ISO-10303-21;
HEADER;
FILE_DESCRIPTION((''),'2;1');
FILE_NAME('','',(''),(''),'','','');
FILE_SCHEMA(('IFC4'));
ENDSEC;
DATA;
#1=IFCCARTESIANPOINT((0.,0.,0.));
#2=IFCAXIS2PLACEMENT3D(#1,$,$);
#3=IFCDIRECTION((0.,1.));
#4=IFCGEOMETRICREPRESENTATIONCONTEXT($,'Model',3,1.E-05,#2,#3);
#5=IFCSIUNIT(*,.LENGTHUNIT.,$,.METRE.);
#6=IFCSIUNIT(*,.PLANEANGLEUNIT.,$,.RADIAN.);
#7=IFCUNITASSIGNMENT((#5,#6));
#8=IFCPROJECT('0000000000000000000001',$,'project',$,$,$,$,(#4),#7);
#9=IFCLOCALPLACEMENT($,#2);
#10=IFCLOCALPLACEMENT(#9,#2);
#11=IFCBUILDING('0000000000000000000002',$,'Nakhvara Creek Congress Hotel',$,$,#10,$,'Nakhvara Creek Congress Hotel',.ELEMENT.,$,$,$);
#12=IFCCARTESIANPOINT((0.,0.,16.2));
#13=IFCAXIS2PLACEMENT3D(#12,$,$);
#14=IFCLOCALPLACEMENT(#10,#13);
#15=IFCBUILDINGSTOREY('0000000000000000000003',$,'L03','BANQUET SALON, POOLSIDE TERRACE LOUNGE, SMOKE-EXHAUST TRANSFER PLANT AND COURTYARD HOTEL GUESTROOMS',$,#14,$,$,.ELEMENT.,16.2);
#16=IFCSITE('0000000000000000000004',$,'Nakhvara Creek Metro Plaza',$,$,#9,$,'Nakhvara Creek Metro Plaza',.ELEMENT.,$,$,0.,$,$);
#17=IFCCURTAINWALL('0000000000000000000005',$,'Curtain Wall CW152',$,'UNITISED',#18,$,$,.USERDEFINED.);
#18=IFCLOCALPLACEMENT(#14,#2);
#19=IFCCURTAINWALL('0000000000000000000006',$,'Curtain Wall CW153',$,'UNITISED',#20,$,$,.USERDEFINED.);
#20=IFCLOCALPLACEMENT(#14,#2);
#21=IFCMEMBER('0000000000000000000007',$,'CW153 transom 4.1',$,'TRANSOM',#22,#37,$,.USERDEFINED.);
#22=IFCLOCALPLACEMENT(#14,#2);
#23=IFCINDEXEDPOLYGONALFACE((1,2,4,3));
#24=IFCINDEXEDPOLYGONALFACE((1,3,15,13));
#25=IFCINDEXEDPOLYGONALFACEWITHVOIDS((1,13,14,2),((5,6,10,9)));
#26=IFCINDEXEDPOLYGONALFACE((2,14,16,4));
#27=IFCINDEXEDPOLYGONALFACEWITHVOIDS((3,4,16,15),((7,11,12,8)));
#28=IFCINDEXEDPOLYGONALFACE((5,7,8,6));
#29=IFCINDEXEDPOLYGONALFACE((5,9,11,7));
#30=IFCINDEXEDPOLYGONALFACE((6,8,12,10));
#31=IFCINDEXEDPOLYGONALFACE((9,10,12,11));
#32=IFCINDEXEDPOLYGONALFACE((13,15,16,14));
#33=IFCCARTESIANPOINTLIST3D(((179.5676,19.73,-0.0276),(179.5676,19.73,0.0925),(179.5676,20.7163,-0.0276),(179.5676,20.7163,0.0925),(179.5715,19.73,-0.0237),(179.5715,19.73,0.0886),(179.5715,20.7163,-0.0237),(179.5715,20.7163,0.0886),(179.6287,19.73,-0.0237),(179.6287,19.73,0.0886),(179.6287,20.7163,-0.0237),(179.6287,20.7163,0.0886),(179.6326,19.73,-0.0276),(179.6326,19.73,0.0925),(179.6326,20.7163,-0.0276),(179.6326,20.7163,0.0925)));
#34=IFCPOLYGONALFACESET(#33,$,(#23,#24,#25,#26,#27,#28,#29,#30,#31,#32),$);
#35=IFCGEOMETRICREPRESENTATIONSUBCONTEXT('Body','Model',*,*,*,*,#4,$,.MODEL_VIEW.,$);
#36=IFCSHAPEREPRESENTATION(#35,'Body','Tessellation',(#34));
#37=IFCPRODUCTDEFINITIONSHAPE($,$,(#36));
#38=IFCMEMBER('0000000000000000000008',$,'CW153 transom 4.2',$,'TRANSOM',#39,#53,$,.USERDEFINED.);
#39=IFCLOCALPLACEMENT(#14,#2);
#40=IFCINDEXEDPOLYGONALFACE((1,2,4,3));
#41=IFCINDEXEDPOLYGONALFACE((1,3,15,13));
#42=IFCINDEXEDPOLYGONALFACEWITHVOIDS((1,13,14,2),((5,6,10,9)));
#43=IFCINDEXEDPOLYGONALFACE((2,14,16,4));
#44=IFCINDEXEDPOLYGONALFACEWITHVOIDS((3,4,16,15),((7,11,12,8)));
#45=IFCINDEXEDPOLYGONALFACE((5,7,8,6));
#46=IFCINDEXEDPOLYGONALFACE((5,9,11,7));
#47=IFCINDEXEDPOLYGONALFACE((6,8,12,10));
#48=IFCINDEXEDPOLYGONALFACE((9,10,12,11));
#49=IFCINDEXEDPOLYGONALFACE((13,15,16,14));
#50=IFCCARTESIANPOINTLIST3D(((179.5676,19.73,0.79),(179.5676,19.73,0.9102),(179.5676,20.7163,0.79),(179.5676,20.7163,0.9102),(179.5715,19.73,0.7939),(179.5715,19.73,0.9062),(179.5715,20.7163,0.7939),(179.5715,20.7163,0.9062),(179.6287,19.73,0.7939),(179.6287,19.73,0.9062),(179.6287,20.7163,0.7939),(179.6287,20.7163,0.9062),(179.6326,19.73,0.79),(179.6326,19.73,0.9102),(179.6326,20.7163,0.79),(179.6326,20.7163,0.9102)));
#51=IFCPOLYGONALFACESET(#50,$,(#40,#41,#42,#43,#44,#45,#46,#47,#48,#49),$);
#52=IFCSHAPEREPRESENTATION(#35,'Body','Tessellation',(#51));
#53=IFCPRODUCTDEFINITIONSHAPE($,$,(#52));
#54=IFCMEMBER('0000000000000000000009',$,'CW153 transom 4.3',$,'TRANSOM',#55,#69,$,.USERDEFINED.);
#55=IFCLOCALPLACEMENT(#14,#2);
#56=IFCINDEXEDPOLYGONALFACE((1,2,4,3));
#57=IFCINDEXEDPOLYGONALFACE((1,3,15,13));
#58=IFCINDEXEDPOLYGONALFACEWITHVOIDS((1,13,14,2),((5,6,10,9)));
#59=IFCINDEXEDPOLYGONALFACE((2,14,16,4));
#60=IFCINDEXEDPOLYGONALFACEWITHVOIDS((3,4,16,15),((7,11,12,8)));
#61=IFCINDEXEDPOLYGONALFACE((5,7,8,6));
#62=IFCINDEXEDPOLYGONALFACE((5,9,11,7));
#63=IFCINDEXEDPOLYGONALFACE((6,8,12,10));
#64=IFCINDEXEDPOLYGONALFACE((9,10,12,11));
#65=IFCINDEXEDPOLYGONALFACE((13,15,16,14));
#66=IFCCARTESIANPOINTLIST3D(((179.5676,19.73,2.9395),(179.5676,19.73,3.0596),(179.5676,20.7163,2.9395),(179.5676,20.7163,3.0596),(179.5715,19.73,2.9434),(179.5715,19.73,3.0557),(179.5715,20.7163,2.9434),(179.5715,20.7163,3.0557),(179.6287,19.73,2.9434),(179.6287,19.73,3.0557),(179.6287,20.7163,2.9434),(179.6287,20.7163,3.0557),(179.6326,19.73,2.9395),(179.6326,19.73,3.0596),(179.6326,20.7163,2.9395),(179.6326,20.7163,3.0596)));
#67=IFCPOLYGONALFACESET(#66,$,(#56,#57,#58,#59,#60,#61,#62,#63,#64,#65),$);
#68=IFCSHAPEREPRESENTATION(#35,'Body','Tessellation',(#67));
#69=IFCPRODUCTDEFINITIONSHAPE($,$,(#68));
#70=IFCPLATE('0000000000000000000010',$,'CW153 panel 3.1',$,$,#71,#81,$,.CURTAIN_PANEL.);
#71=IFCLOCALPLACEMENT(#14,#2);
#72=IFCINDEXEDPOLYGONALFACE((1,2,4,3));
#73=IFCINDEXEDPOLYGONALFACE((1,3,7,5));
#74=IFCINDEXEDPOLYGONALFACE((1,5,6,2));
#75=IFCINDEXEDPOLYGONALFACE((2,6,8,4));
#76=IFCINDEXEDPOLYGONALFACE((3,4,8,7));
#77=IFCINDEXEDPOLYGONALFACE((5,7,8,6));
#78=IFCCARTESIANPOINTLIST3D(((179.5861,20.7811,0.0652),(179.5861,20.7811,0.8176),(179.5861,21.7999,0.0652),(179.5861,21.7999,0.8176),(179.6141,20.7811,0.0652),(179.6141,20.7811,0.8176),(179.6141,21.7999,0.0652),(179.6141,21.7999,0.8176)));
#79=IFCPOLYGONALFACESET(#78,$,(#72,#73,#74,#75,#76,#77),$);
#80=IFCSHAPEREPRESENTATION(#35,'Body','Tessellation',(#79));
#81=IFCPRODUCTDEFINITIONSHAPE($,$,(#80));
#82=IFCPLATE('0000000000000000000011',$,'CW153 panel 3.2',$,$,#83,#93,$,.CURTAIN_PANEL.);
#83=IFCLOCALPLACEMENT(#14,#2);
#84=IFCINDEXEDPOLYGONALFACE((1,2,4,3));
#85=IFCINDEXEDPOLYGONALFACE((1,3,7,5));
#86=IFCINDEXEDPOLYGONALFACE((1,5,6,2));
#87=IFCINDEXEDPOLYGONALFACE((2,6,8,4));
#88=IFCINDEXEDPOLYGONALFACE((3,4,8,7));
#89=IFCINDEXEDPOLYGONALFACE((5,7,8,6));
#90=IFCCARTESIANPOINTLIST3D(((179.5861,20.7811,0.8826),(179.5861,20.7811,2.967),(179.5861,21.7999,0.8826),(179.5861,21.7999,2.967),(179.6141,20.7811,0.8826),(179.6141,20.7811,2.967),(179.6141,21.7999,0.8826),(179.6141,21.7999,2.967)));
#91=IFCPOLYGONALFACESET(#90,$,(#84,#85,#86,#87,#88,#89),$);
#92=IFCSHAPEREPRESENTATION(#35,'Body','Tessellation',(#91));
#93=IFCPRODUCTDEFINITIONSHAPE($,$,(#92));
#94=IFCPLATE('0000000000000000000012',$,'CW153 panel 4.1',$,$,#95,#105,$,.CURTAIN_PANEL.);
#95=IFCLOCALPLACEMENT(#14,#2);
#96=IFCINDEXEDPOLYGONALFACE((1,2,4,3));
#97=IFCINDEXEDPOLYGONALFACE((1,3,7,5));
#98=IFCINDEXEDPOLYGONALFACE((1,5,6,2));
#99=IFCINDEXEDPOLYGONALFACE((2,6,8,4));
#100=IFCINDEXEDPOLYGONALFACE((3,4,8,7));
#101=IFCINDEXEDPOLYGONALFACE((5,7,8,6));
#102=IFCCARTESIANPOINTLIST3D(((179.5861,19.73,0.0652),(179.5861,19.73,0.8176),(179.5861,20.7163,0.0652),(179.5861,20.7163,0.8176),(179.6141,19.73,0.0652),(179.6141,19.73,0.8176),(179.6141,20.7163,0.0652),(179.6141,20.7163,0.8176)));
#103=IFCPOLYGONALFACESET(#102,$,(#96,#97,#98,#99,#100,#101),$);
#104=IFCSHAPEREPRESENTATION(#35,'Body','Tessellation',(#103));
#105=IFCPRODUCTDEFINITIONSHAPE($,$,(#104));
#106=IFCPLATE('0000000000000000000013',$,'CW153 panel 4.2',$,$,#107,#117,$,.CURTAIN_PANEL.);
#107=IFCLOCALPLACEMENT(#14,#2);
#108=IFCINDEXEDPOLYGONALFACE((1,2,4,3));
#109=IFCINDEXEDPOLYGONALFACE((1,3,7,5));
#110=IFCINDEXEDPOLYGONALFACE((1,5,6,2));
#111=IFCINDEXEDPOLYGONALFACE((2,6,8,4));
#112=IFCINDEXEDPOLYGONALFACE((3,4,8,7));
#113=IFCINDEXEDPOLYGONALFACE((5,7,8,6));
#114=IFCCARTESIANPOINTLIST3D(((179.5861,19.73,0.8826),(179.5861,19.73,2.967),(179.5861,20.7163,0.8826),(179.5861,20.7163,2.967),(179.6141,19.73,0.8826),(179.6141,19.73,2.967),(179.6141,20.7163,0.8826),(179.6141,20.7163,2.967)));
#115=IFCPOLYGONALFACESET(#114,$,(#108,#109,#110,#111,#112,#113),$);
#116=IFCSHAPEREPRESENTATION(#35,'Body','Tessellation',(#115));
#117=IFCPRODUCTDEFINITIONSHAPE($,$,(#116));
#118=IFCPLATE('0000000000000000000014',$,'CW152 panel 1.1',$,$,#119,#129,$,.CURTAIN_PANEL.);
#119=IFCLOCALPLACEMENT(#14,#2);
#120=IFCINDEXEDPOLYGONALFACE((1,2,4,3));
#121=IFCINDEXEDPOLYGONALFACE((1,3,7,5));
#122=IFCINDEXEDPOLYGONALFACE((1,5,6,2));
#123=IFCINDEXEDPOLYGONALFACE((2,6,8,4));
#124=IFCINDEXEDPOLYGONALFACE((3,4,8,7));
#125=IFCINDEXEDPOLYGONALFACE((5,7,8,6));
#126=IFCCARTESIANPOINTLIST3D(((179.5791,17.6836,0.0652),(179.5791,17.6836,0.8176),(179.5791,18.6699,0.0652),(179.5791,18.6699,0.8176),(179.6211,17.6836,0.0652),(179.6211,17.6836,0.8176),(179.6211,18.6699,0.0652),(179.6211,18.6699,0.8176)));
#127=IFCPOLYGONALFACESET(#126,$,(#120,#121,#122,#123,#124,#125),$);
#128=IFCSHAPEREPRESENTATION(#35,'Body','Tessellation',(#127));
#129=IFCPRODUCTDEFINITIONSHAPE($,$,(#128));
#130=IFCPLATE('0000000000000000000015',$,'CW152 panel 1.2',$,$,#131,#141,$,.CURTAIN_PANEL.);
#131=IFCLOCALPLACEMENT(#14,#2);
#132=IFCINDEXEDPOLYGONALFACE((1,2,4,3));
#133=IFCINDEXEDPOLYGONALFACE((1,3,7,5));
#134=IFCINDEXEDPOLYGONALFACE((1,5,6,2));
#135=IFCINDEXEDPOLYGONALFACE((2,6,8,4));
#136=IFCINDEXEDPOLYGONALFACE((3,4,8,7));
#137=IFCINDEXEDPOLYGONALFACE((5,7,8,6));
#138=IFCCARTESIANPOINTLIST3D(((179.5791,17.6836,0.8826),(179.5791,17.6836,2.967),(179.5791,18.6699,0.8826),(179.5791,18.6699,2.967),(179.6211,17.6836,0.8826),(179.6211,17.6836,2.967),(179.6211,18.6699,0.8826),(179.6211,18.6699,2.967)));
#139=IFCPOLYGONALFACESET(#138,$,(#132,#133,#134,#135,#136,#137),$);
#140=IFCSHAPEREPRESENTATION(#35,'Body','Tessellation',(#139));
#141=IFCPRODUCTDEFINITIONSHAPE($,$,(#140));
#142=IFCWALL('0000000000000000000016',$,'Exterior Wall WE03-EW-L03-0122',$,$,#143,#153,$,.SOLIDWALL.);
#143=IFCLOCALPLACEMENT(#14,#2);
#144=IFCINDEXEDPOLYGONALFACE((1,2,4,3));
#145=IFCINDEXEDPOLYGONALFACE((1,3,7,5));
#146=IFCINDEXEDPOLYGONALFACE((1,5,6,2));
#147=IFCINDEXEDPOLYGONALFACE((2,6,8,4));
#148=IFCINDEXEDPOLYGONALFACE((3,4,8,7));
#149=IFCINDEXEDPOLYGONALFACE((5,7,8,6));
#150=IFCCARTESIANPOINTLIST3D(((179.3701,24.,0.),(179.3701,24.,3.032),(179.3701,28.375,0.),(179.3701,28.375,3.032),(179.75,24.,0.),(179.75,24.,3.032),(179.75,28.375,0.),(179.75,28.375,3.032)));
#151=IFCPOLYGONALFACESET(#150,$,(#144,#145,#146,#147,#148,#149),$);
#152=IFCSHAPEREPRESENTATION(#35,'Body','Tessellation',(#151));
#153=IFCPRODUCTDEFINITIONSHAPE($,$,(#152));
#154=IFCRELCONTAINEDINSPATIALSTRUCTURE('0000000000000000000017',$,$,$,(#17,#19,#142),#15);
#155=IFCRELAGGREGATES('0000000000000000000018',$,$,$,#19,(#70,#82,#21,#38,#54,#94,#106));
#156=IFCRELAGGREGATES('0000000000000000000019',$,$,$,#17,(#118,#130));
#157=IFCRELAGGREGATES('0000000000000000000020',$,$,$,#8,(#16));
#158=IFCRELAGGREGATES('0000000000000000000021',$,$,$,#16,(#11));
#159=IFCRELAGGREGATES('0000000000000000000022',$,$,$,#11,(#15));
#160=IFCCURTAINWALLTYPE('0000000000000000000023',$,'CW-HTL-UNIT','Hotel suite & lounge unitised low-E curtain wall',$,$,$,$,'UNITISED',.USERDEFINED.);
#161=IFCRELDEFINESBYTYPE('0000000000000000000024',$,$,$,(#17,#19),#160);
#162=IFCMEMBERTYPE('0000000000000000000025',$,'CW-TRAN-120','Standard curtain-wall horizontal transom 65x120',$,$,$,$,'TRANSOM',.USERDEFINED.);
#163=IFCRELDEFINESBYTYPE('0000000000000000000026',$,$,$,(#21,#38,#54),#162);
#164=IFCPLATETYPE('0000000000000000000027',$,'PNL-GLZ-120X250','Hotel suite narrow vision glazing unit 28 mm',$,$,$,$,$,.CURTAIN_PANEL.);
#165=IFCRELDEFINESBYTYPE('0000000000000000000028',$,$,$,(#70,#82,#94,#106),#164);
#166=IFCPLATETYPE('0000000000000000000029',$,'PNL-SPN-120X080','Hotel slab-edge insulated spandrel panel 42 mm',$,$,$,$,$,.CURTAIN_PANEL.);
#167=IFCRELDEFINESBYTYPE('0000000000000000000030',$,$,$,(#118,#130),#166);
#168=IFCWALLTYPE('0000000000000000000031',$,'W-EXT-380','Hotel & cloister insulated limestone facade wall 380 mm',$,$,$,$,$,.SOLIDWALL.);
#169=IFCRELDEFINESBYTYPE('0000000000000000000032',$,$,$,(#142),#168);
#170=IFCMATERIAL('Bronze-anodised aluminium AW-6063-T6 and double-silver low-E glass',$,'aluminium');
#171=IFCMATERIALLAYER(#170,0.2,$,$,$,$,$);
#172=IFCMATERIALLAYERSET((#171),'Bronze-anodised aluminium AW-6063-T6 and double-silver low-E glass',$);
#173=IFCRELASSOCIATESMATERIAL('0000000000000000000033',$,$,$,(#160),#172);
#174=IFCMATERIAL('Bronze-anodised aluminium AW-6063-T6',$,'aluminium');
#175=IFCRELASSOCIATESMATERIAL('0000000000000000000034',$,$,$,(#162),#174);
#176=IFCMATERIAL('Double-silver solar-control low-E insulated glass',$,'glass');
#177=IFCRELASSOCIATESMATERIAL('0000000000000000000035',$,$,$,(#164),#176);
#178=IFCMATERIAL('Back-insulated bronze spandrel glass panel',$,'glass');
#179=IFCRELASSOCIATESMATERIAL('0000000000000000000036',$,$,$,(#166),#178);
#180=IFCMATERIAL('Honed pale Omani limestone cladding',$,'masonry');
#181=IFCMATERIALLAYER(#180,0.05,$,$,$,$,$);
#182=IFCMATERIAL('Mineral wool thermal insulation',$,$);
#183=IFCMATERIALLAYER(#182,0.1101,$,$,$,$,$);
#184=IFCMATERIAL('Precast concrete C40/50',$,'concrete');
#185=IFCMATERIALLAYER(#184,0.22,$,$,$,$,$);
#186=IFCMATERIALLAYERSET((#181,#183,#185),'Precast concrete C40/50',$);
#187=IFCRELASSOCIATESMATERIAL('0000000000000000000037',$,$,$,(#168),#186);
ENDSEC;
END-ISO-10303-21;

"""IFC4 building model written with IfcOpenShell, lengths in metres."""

from ifc_helpers import new_model, si_unit, direction, frame, frame_2d, origin, origin_2d, place, context, subcontext, project, spatial, rectangle, hollow_rectangle, extrude, material, layer, layer_set, material_profile, profile_set, type_object, element, aggregate, save


model = new_model("IFC4")

# Units and contexts
model_context = context("Model", 3, precision=1e-05, world=origin(), true_north=direction((0.0, 1.0)))
body_context = subcontext(model_context, "Body", "Model", "MODEL_VIEW")
ifc_project = project(units=[si_unit("LENGTHUNIT", "METRE"), si_unit("PLANEANGLEUNIT", "RADIAN")], contexts=[model_context])

# Site, building, storey
site_placement = place(None, origin())
site = spatial("IfcSite", under=ifc_project, at=site_placement, Name="Nakhvara Creek Metro Plaza", LongName="Nakhvara Creek Metro Plaza", CompositionType="ELEMENT", RefElevation=0.0)
building_placement = place(site_placement, origin())
building = spatial("IfcBuilding", under=site, at=building_placement, Name="Nakhvara Creek Congress Hotel", LongName="Nakhvara Creek Congress Hotel", CompositionType="ELEMENT")
storey_placement = place(building_placement, frame((0.0, 0.0, 16.2)))
storey = spatial("IfcBuildingStorey", under=building, at=storey_placement, Name="L03", Description="BANQUET SALON, POOLSIDE TERRACE LOUNGE, SMOKE-EXHAUST TRANSFER PLANT AND COURTYARD HOTEL GUESTROOMS", CompositionType="ELEMENT", Elevation=16.2)

# Curtain wall
ifc_material_1 = material(Name="Bronze-anodised aluminium AW-6063-T6 and double-silver low-E glass", Category="aluminium")
ifc_layer_1 = layer(ifc_material_1, 0.2)
ifc_layer_set_1 = layer_set([ifc_layer_1], Name="Bronze-anodised aluminium AW-6063-T6 and double-silver low-E glass")
curtain_wall_type = type_object("IfcCurtainWallType", Name="CW-HTL-UNIT", Description="Hotel suite & lounge unitised low-E curtain wall", ElementType="UNITISED", PredefinedType="USERDEFINED", material=ifc_layer_set_1)
curtain_wall_1_placement = place(storey_placement, origin())
curtain_wall_1 = element("IfcCurtainWall", 1, at=curtain_wall_1_placement, inside=storey, type_object=curtain_wall_type, Name="Curtain Wall CW152", ObjectType="UNITISED", PredefinedType="USERDEFINED")
ifc_material_2 = material(Name="Bronze-anodised aluminium AW-6063-T6", Category="aluminium")

# Curtain wall
curtain_wall_2_placement = place(storey_placement, origin())
curtain_wall_2 = element("IfcCurtainWall", 2, at=curtain_wall_2_placement, inside=storey, type_object=curtain_wall_type, Name="Curtain Wall CW153", ObjectType="UNITISED", PredefinedType="USERDEFINED")

# Members
ifc_material_profile_1 = material_profile(ifc_material_2, hollow_rectangle(XDim=0.0649, YDim=0.1201, WallThickness=0.0039, at=origin_2d()), Name="ALU-TRAN 65x120x4", Category="LoadBearing")
ifc_profile_set_1 = profile_set([ifc_material_profile_1], Name="Bronze-anodised aluminium AW-6063-T6")
member_type_1 = type_object("IfcMemberType", Name="CW-TRAN-120", Description="Standard curtain-wall horizontal transom 65x120", ElementType="TRANSOM", PredefinedType="USERDEFINED", material=ifc_profile_set_1)
member_1_placement = place(storey_placement, frame((179.6001, 20.7163, 0.0325), z_axis=(0.0, -1.0, 0.0), x_axis=(1.0, 0.0, 0.0)))
member_1 = element("IfcMember", 3, at=member_1_placement, type_object=member_type_1, Name="CW153 transom 4.1", ObjectType="TRANSOM", PredefinedType="USERDEFINED", context=body_context, shape_type="SweptSolid", body=[
    extrude(hollow_rectangle(XDim=0.0649, YDim=0.1201, WallThickness=0.0039, at=origin_2d()), origin(), (0.0, 0.0, 1.0), 0.9863),
])
member_2_placement = place(storey_placement, frame((179.6001, 20.7163, 0.8501), z_axis=(0.0, -1.0, 0.0), x_axis=(1.0, 0.0, 0.0)))
member_2 = element("IfcMember", 4, at=member_2_placement, type_object=member_type_1, Name="CW153 transom 4.2", ObjectType="TRANSOM", PredefinedType="USERDEFINED", context=body_context, shape_type="SweptSolid", body=[
    extrude(hollow_rectangle(XDim=0.0649, YDim=0.1201, WallThickness=0.0039, at=origin_2d()), origin(), (0.0, 0.0, 1.0), 0.9863),
])
member_3_placement = place(storey_placement, frame((179.6001, 20.7163, 2.9995), z_axis=(0.0, -1.0, 0.0), x_axis=(1.0, 0.0, 0.0)))
member_3 = element("IfcMember", 5, at=member_3_placement, type_object=member_type_1, Name="CW153 transom 4.3", ObjectType="TRANSOM", PredefinedType="USERDEFINED", context=body_context, shape_type="SweptSolid", body=[
    extrude(hollow_rectangle(XDim=0.0649, YDim=0.1201, WallThickness=0.0039, at=origin_2d()), origin(), (0.0, 0.0, 1.0), 0.9863),
])

# Plates
ifc_material_3 = material(Name="Double-silver solar-control low-E insulated glass", Category="glass")
plate_type_1 = type_object("IfcPlateType", Name="PNL-GLZ-120X250", Description="Hotel suite narrow vision glazing unit 28 mm", PredefinedType="CURTAIN_PANEL", material=ifc_material_3)
plate_1_placement = place(storey_placement, frame((179.6001, 21.2905, 0.0652), z_axis=(0.0, 0.0, 1.0), x_axis=(0.0, -1.0, 0.0)))
plate_1 = element("IfcPlate", 6, at=plate_1_placement, type_object=plate_type_1, Name="CW153 panel 3.1", PredefinedType="CURTAIN_PANEL", context=body_context, shape_type="SweptSolid", body=[
    extrude(rectangle(XDim=1.0188, YDim=0.0281, at=origin_2d()), origin(), (0.0, 0.0, 1.0), 0.7524),
])
plate_2_placement = place(storey_placement, frame((179.6001, 21.2905, 0.8826), z_axis=(0.0, 0.0, 1.0), x_axis=(0.0, -1.0, 0.0)))
plate_2 = element("IfcPlate", 7, at=plate_2_placement, type_object=plate_type_1, Name="CW153 panel 3.2", PredefinedType="CURTAIN_PANEL", context=body_context, shape_type="SweptSolid", body=[
    extrude(rectangle(XDim=1.0188, YDim=0.0281, at=origin_2d()), origin(), (0.0, 0.0, 1.0), 2.0845),
])
plate_3_placement = place(storey_placement, frame((179.6001, 20.2231, 0.0652), z_axis=(0.0, 0.0, 1.0), x_axis=(0.0, -1.0, 0.0)))
plate_3 = element("IfcPlate", 8, at=plate_3_placement, type_object=plate_type_1, Name="CW153 panel 4.1", PredefinedType="CURTAIN_PANEL", context=body_context, shape_type="SweptSolid", body=[
    extrude(rectangle(XDim=0.9863, YDim=0.0281, at=origin_2d()), origin(), (0.0, 0.0, 1.0), 0.7524),
])
plate_4_placement = place(storey_placement, frame((179.6001, 20.2231, 0.8826), z_axis=(0.0, 0.0, 1.0), x_axis=(0.0, -1.0, 0.0)))
plate_4 = element("IfcPlate", 9, at=plate_4_placement, type_object=plate_type_1, Name="CW153 panel 4.2", PredefinedType="CURTAIN_PANEL", context=body_context, shape_type="SweptSolid", body=[
    extrude(rectangle(XDim=0.9863, YDim=0.0281, at=origin_2d()), origin(), (0.0, 0.0, 1.0), 2.0845),
])
aggregate(curtain_wall_2, [plate_1, plate_2, member_1, member_2, member_3, plate_3, plate_4])
ifc_material_4 = material(Name="Back-insulated bronze spandrel glass panel", Category="glass")
plate_type_2 = type_object("IfcPlateType", Name="PNL-SPN-120X080", Description="Hotel slab-edge insulated spandrel panel 42 mm", PredefinedType="CURTAIN_PANEL", material=ifc_material_4)
plate_5_placement = place(storey_placement, frame((179.6001, 18.1768, 0.0652), z_axis=(0.0, 0.0, 1.0), x_axis=(0.0, -1.0, 0.0)))
plate_5 = element("IfcPlate", 10, at=plate_5_placement, type_object=plate_type_2, Name="CW152 panel 1.1", PredefinedType="CURTAIN_PANEL", context=body_context, shape_type="SweptSolid", body=[
    extrude(rectangle(XDim=0.9863, YDim=0.042, at=origin_2d()), origin(), (0.0, 0.0, 1.0), 0.7524),
])
plate_6_placement = place(storey_placement, frame((179.6001, 18.1768, 0.8826), z_axis=(0.0, 0.0, 1.0), x_axis=(0.0, -1.0, 0.0)))
plate_6 = element("IfcPlate", 11, at=plate_6_placement, type_object=plate_type_2, Name="CW152 panel 1.2", PredefinedType="CURTAIN_PANEL", context=body_context, shape_type="SweptSolid", body=[
    extrude(rectangle(XDim=0.9863, YDim=0.042, at=origin_2d()), origin(), (0.0, 0.0, 1.0), 2.0845),
])
aggregate(curtain_wall_1, [plate_5, plate_6])

# Wall
ifc_material_5 = material(Name="Honed pale Omani limestone cladding", Category="masonry")
ifc_layer_2 = layer(ifc_material_5, 0.05)
ifc_material_6 = material(Name="Mineral wool thermal insulation")
ifc_layer_3 = layer(ifc_material_6, 0.1101)
ifc_material_7 = material(Name="Precast concrete C40/50", Category="concrete")
ifc_layer_4 = layer(ifc_material_7, 0.22)
ifc_layer_set_2 = layer_set([ifc_layer_2, ifc_layer_3, ifc_layer_4], Name="Precast concrete C40/50")
wall_type = type_object("IfcWallType", Name="W-EXT-380", Description="Hotel & cloister insulated limestone facade wall 380 mm", PredefinedType="SOLIDWALL", material=ifc_layer_set_2)
wall_placement = place(storey_placement, frame((179.5601, 28.375, 0.0), z_axis=(0.0, 0.0, 1.0), x_axis=(0.0, -1.0, 0.0)))
element("IfcWall", 12, at=wall_placement, inside=storey, type_object=wall_type, Name="Exterior Wall WE03-EW-L03-0122", PredefinedType="SOLIDWALL", context=body_context, shape_type="SweptSolid", body=[
    extrude(rectangle(XDim=4.375, YDim=0.3799, at=frame_2d((2.1875, 0.0))), origin(), (0.0, 0.0, 1.0), 3.032),
])

save(model, "model.ifc")
